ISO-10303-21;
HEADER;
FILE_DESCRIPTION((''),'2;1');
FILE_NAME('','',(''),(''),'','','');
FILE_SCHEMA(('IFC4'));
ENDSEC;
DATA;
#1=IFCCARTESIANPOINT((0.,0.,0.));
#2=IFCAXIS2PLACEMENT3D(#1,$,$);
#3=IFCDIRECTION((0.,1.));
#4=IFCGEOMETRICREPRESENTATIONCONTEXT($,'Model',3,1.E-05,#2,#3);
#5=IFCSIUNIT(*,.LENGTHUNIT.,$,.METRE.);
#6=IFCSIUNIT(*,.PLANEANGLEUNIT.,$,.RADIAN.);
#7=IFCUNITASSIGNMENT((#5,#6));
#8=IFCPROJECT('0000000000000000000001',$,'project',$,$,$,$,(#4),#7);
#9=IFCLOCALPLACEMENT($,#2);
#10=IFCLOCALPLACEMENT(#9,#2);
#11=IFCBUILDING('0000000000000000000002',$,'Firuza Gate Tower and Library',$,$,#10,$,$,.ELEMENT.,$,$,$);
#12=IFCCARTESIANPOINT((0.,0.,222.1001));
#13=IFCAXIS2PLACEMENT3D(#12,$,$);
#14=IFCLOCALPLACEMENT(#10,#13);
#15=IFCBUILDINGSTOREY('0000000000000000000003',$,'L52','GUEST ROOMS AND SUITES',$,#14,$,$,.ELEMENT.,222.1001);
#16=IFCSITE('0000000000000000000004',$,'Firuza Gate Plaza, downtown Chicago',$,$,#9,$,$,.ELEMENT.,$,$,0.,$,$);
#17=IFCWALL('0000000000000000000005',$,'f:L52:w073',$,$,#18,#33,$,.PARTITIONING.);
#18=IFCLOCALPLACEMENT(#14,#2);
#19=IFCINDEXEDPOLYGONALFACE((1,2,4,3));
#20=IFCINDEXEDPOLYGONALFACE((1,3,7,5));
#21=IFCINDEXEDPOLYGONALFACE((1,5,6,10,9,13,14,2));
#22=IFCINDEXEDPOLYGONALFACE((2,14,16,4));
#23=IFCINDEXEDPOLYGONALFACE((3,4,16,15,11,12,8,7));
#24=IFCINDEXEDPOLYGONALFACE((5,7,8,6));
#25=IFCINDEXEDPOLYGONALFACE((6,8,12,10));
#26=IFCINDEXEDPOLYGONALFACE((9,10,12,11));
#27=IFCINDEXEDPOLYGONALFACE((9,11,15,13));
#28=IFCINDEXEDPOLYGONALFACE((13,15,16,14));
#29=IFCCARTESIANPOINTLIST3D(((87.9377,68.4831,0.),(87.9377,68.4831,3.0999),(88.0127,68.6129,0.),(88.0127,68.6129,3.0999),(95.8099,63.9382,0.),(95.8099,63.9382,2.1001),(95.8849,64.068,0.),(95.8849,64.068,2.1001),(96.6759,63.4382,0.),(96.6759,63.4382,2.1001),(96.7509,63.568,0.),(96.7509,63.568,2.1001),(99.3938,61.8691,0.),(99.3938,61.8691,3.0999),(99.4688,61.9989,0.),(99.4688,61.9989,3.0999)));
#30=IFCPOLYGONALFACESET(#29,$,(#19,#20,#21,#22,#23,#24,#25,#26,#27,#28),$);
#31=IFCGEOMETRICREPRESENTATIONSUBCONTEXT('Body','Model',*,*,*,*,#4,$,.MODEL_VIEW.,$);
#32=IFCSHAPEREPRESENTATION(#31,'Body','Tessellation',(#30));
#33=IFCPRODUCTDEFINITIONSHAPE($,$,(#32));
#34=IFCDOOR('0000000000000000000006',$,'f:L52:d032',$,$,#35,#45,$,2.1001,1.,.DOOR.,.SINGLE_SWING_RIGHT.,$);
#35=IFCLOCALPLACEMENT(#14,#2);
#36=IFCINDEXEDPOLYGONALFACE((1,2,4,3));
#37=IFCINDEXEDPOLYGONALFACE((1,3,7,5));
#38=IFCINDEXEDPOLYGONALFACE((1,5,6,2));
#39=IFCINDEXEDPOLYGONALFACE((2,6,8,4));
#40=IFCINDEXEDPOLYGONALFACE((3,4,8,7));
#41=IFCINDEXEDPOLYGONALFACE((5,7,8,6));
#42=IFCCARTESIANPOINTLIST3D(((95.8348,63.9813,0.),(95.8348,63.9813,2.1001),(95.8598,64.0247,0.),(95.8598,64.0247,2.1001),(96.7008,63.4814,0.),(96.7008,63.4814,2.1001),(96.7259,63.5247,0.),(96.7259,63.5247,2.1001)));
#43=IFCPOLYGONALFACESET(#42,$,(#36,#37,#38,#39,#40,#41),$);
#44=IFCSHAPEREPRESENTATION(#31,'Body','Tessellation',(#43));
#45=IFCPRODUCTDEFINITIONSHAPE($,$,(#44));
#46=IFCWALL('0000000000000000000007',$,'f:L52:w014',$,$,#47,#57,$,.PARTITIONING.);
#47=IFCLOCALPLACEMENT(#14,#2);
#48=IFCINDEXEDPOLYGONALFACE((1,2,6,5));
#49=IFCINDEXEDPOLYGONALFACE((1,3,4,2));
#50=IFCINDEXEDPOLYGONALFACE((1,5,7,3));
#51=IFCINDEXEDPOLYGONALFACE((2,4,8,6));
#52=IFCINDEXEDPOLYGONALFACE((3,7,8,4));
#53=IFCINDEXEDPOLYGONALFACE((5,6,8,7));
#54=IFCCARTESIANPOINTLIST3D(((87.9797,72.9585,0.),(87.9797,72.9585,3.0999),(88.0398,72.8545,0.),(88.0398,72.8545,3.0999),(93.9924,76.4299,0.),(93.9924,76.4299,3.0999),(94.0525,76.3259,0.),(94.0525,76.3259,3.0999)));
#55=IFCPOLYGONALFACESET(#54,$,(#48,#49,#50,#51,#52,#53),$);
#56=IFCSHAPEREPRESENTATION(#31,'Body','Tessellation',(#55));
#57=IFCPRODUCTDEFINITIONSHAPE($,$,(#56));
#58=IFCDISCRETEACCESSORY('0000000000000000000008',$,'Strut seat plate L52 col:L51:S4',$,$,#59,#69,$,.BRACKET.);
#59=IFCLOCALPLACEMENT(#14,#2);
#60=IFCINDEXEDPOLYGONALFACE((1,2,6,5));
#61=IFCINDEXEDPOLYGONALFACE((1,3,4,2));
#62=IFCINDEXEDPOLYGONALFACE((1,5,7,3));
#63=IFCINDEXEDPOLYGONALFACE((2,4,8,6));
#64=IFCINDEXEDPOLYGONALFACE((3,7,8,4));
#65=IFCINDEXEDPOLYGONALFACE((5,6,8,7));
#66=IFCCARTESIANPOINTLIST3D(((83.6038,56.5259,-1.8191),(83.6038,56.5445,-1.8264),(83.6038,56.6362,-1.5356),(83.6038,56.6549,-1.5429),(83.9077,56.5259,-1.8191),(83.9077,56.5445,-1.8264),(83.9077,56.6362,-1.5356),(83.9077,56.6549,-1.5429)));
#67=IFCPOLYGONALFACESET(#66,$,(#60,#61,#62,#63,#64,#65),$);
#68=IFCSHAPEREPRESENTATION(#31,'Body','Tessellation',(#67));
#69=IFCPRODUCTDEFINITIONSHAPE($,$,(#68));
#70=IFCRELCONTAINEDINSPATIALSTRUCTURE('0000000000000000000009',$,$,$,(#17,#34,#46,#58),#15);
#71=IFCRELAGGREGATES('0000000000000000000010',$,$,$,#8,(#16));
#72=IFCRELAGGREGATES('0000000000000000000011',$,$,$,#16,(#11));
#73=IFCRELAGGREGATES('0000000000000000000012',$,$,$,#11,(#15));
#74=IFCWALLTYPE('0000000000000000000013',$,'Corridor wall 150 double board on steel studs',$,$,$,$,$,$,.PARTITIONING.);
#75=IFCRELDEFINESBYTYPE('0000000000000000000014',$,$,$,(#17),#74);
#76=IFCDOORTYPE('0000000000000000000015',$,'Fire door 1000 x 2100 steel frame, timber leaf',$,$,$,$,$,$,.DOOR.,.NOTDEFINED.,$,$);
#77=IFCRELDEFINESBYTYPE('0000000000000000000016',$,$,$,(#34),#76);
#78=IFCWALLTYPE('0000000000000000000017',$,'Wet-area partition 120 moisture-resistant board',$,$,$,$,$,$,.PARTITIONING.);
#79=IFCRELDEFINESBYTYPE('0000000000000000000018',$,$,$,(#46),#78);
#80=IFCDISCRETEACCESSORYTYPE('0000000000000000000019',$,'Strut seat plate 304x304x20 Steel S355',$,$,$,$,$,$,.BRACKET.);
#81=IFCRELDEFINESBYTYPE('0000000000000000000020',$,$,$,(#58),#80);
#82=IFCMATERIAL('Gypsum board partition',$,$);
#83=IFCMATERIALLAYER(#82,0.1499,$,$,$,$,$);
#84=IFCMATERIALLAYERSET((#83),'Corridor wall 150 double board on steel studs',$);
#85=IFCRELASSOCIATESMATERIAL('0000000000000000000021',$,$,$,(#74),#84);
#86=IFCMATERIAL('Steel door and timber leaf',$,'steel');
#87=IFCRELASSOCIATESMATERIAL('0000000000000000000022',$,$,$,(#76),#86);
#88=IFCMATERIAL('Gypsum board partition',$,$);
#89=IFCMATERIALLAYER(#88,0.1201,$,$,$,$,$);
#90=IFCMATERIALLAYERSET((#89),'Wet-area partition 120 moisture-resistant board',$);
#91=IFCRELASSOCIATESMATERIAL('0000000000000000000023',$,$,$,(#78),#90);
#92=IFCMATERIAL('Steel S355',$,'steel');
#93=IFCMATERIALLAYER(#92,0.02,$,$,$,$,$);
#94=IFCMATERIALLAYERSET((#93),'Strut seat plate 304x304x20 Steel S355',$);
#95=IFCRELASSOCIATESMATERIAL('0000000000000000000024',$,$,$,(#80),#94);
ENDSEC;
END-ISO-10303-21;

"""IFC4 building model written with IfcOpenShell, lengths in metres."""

from ifc_helpers import new_model, si_unit, direction, frame, frame_2d, origin, place, context, subcontext, project, spatial, polyline, rectangle, outline, extrude, material, layer, layer_set, type_object, element, fill, save


model = new_model("IFC4")

# Units and contexts
model_context = context("Model", 3, precision=1e-05, world=origin(), true_north=direction((0.0, 1.0)))
body_context = subcontext(model_context, "Body", "Model", "MODEL_VIEW")
ifc_project = project(units=[si_unit("LENGTHUNIT", "METRE"), si_unit("PLANEANGLEUNIT", "RADIAN")], contexts=[model_context])

# Site, building, storey
site_placement = place(None, origin())
site = spatial("IfcSite", under=ifc_project, at=site_placement, Name="Firuza Gate Plaza, downtown Chicago", CompositionType="ELEMENT", RefElevation=0.0)
building_placement = place(site_placement, origin())
building = spatial("IfcBuilding", under=site, at=building_placement, Name="Firuza Gate Tower and Library", CompositionType="ELEMENT")
storey_placement = place(building_placement, frame((0.0, 0.0, 222.1001)))
storey = spatial("IfcBuildingStorey", under=building, at=storey_placement, Name="L52", Description="GUEST ROOMS AND SUITES", CompositionType="ELEMENT", Elevation=222.1001)

# Shared definitions
ifc_material_1 = material(Name="Gypsum board partition")
ifc_layer_1 = layer(ifc_material_1, 0.1499)
ifc_layer_set_1 = layer_set([ifc_layer_1], Name="Corridor wall 150 double board on steel studs")
wall_type_1 = type_object("IfcWallType", Name="Corridor wall 150 double board on steel studs", PredefinedType="PARTITIONING", material=ifc_layer_set_1)
ifc_material_2 = material(Name="Steel door and timber leaf", Category="steel")
door_type_1 = type_object("IfcDoorType", Name="Fire door 1000 x 2100 steel frame, timber leaf", OperationType="NOTDEFINED", PredefinedType="DOOR", material=ifc_material_2)

# Wall, opening, door
wall_1_placement = place(storey_placement, frame((87.9751, 68.5481, 0.0), z_axis=(0.0, 0.0, 1.0), x_axis=(0.86603, -0.499992, 0.0)))
wall_1 = element("IfcWall", 1, at=wall_1_placement, inside=storey, type_object=wall_type_1, Name="f:L52:w073", PredefinedType="PARTITIONING", context=body_context, shape_type="SweptSolid", body=[
    extrude(rectangle(XDim=13.2283, YDim=0.1499, at=frame_2d((6.6143, 0.0))), origin(), (0.0, 0.0, 1.0), 3.0999),
])
opening_1_placement = place(wall_1_placement, frame((9.0901, 0.0, 0.0)))
opening_1 = element("IfcOpeningElement", 2, at=opening_1_placement, cuts=wall_1, PredefinedType="OPENING", context=body_context, shape_type="SweptSolid", body=[
    extrude(rectangle(XDim=1.0, YDim=2.1001, at=frame_2d((0.5, 1.05))), frame((0.0, 0.085, 0.0), z_axis=(0.0, -1.0, 0.0), x_axis=(1.0, 0.0, 0.0)), (0.0, 0.0, 1.0), 0.1699),
])
door_1_placement = place(opening_1_placement, origin())
door_1 = element("IfcDoor", 3, at=door_1_placement, inside=storey, type_object=door_type_1, Name="f:L52:d032", OperationType="SINGLE_SWING_RIGHT", OverallHeight=2.1001, OverallWidth=1.0, PredefinedType="DOOR", context=body_context, shape_type="SweptSolid", body=[
    extrude(rectangle(XDim=1.0, YDim=2.1001, at=frame_2d((0.5, 1.05))), frame((0.0, 0.0249, 0.0), z_axis=(0.0, -1.0, 0.0), x_axis=(1.0, 0.0, 0.0)), (0.0, 0.0, 1.0), 0.05),
])
fill(opening_1, door_1)

# Wall
ifc_material_3 = material(Name="Gypsum board partition")
ifc_layer_2 = layer(ifc_material_3, 0.1201)
ifc_layer_set_2 = layer_set([ifc_layer_2], Name="Wet-area partition 120 moisture-resistant board")
wall_type_2 = type_object("IfcWallType", Name="Wet-area partition 120 moisture-resistant board", PredefinedType="PARTITIONING", material=ifc_layer_set_2)
wall_2_placement = place(storey_placement, frame((88.0098, 72.9065, 0.0), z_axis=(0.0, 0.0, 1.0), x_axis=(0.866025, 0.5, 0.0)))
element("IfcWall", 4, at=wall_2_placement, inside=storey, type_object=wall_type_2, Name="f:L52:w014", PredefinedType="PARTITIONING", context=body_context, shape_type="SweptSolid", body=[
    extrude(rectangle(XDim=6.9429, YDim=0.1201, at=frame_2d((3.4714, 0.0))), origin(), (0.0, 0.0, 1.0), 3.0999),
])

# Discrete accessory
ifc_material_4 = material(Name="Steel S355", Category="steel")
ifc_layer_3 = layer(ifc_material_4, 0.02)
ifc_layer_set_3 = layer_set([ifc_layer_3], Name="Strut seat plate 304x304x20 Steel S355")
discrete_accessory_type = type_object("IfcDiscreteAccessoryType", Name="Strut seat plate 304x304x20 Steel S355", PredefinedType="BRACKET", material=ifc_layer_set_3)
discrete_accessory_placement = place(storey_placement, frame((83.9077, 56.6362, -1.5356), z_axis=(0.0, -0.931869, 0.362795), x_axis=(-1.0, 0.0, 0.0)))
element("IfcDiscreteAccessory", 5, at=discrete_accessory_placement, inside=storey, type_object=discrete_accessory_type, Name="Strut seat plate L52 col:L51:S4", PredefinedType="BRACKET", context=body_context, shape_type="SweptSolid", body=[
    extrude(outline(polyline([(0.0, 0.0), (0.304, 0.0), (0.304, 0.3042), (0.0, 0.3042), (0.0, 0.0)])), origin(), (0.0, 0.0, -1.0), 0.02),
])

save(model, "model.ifc")
